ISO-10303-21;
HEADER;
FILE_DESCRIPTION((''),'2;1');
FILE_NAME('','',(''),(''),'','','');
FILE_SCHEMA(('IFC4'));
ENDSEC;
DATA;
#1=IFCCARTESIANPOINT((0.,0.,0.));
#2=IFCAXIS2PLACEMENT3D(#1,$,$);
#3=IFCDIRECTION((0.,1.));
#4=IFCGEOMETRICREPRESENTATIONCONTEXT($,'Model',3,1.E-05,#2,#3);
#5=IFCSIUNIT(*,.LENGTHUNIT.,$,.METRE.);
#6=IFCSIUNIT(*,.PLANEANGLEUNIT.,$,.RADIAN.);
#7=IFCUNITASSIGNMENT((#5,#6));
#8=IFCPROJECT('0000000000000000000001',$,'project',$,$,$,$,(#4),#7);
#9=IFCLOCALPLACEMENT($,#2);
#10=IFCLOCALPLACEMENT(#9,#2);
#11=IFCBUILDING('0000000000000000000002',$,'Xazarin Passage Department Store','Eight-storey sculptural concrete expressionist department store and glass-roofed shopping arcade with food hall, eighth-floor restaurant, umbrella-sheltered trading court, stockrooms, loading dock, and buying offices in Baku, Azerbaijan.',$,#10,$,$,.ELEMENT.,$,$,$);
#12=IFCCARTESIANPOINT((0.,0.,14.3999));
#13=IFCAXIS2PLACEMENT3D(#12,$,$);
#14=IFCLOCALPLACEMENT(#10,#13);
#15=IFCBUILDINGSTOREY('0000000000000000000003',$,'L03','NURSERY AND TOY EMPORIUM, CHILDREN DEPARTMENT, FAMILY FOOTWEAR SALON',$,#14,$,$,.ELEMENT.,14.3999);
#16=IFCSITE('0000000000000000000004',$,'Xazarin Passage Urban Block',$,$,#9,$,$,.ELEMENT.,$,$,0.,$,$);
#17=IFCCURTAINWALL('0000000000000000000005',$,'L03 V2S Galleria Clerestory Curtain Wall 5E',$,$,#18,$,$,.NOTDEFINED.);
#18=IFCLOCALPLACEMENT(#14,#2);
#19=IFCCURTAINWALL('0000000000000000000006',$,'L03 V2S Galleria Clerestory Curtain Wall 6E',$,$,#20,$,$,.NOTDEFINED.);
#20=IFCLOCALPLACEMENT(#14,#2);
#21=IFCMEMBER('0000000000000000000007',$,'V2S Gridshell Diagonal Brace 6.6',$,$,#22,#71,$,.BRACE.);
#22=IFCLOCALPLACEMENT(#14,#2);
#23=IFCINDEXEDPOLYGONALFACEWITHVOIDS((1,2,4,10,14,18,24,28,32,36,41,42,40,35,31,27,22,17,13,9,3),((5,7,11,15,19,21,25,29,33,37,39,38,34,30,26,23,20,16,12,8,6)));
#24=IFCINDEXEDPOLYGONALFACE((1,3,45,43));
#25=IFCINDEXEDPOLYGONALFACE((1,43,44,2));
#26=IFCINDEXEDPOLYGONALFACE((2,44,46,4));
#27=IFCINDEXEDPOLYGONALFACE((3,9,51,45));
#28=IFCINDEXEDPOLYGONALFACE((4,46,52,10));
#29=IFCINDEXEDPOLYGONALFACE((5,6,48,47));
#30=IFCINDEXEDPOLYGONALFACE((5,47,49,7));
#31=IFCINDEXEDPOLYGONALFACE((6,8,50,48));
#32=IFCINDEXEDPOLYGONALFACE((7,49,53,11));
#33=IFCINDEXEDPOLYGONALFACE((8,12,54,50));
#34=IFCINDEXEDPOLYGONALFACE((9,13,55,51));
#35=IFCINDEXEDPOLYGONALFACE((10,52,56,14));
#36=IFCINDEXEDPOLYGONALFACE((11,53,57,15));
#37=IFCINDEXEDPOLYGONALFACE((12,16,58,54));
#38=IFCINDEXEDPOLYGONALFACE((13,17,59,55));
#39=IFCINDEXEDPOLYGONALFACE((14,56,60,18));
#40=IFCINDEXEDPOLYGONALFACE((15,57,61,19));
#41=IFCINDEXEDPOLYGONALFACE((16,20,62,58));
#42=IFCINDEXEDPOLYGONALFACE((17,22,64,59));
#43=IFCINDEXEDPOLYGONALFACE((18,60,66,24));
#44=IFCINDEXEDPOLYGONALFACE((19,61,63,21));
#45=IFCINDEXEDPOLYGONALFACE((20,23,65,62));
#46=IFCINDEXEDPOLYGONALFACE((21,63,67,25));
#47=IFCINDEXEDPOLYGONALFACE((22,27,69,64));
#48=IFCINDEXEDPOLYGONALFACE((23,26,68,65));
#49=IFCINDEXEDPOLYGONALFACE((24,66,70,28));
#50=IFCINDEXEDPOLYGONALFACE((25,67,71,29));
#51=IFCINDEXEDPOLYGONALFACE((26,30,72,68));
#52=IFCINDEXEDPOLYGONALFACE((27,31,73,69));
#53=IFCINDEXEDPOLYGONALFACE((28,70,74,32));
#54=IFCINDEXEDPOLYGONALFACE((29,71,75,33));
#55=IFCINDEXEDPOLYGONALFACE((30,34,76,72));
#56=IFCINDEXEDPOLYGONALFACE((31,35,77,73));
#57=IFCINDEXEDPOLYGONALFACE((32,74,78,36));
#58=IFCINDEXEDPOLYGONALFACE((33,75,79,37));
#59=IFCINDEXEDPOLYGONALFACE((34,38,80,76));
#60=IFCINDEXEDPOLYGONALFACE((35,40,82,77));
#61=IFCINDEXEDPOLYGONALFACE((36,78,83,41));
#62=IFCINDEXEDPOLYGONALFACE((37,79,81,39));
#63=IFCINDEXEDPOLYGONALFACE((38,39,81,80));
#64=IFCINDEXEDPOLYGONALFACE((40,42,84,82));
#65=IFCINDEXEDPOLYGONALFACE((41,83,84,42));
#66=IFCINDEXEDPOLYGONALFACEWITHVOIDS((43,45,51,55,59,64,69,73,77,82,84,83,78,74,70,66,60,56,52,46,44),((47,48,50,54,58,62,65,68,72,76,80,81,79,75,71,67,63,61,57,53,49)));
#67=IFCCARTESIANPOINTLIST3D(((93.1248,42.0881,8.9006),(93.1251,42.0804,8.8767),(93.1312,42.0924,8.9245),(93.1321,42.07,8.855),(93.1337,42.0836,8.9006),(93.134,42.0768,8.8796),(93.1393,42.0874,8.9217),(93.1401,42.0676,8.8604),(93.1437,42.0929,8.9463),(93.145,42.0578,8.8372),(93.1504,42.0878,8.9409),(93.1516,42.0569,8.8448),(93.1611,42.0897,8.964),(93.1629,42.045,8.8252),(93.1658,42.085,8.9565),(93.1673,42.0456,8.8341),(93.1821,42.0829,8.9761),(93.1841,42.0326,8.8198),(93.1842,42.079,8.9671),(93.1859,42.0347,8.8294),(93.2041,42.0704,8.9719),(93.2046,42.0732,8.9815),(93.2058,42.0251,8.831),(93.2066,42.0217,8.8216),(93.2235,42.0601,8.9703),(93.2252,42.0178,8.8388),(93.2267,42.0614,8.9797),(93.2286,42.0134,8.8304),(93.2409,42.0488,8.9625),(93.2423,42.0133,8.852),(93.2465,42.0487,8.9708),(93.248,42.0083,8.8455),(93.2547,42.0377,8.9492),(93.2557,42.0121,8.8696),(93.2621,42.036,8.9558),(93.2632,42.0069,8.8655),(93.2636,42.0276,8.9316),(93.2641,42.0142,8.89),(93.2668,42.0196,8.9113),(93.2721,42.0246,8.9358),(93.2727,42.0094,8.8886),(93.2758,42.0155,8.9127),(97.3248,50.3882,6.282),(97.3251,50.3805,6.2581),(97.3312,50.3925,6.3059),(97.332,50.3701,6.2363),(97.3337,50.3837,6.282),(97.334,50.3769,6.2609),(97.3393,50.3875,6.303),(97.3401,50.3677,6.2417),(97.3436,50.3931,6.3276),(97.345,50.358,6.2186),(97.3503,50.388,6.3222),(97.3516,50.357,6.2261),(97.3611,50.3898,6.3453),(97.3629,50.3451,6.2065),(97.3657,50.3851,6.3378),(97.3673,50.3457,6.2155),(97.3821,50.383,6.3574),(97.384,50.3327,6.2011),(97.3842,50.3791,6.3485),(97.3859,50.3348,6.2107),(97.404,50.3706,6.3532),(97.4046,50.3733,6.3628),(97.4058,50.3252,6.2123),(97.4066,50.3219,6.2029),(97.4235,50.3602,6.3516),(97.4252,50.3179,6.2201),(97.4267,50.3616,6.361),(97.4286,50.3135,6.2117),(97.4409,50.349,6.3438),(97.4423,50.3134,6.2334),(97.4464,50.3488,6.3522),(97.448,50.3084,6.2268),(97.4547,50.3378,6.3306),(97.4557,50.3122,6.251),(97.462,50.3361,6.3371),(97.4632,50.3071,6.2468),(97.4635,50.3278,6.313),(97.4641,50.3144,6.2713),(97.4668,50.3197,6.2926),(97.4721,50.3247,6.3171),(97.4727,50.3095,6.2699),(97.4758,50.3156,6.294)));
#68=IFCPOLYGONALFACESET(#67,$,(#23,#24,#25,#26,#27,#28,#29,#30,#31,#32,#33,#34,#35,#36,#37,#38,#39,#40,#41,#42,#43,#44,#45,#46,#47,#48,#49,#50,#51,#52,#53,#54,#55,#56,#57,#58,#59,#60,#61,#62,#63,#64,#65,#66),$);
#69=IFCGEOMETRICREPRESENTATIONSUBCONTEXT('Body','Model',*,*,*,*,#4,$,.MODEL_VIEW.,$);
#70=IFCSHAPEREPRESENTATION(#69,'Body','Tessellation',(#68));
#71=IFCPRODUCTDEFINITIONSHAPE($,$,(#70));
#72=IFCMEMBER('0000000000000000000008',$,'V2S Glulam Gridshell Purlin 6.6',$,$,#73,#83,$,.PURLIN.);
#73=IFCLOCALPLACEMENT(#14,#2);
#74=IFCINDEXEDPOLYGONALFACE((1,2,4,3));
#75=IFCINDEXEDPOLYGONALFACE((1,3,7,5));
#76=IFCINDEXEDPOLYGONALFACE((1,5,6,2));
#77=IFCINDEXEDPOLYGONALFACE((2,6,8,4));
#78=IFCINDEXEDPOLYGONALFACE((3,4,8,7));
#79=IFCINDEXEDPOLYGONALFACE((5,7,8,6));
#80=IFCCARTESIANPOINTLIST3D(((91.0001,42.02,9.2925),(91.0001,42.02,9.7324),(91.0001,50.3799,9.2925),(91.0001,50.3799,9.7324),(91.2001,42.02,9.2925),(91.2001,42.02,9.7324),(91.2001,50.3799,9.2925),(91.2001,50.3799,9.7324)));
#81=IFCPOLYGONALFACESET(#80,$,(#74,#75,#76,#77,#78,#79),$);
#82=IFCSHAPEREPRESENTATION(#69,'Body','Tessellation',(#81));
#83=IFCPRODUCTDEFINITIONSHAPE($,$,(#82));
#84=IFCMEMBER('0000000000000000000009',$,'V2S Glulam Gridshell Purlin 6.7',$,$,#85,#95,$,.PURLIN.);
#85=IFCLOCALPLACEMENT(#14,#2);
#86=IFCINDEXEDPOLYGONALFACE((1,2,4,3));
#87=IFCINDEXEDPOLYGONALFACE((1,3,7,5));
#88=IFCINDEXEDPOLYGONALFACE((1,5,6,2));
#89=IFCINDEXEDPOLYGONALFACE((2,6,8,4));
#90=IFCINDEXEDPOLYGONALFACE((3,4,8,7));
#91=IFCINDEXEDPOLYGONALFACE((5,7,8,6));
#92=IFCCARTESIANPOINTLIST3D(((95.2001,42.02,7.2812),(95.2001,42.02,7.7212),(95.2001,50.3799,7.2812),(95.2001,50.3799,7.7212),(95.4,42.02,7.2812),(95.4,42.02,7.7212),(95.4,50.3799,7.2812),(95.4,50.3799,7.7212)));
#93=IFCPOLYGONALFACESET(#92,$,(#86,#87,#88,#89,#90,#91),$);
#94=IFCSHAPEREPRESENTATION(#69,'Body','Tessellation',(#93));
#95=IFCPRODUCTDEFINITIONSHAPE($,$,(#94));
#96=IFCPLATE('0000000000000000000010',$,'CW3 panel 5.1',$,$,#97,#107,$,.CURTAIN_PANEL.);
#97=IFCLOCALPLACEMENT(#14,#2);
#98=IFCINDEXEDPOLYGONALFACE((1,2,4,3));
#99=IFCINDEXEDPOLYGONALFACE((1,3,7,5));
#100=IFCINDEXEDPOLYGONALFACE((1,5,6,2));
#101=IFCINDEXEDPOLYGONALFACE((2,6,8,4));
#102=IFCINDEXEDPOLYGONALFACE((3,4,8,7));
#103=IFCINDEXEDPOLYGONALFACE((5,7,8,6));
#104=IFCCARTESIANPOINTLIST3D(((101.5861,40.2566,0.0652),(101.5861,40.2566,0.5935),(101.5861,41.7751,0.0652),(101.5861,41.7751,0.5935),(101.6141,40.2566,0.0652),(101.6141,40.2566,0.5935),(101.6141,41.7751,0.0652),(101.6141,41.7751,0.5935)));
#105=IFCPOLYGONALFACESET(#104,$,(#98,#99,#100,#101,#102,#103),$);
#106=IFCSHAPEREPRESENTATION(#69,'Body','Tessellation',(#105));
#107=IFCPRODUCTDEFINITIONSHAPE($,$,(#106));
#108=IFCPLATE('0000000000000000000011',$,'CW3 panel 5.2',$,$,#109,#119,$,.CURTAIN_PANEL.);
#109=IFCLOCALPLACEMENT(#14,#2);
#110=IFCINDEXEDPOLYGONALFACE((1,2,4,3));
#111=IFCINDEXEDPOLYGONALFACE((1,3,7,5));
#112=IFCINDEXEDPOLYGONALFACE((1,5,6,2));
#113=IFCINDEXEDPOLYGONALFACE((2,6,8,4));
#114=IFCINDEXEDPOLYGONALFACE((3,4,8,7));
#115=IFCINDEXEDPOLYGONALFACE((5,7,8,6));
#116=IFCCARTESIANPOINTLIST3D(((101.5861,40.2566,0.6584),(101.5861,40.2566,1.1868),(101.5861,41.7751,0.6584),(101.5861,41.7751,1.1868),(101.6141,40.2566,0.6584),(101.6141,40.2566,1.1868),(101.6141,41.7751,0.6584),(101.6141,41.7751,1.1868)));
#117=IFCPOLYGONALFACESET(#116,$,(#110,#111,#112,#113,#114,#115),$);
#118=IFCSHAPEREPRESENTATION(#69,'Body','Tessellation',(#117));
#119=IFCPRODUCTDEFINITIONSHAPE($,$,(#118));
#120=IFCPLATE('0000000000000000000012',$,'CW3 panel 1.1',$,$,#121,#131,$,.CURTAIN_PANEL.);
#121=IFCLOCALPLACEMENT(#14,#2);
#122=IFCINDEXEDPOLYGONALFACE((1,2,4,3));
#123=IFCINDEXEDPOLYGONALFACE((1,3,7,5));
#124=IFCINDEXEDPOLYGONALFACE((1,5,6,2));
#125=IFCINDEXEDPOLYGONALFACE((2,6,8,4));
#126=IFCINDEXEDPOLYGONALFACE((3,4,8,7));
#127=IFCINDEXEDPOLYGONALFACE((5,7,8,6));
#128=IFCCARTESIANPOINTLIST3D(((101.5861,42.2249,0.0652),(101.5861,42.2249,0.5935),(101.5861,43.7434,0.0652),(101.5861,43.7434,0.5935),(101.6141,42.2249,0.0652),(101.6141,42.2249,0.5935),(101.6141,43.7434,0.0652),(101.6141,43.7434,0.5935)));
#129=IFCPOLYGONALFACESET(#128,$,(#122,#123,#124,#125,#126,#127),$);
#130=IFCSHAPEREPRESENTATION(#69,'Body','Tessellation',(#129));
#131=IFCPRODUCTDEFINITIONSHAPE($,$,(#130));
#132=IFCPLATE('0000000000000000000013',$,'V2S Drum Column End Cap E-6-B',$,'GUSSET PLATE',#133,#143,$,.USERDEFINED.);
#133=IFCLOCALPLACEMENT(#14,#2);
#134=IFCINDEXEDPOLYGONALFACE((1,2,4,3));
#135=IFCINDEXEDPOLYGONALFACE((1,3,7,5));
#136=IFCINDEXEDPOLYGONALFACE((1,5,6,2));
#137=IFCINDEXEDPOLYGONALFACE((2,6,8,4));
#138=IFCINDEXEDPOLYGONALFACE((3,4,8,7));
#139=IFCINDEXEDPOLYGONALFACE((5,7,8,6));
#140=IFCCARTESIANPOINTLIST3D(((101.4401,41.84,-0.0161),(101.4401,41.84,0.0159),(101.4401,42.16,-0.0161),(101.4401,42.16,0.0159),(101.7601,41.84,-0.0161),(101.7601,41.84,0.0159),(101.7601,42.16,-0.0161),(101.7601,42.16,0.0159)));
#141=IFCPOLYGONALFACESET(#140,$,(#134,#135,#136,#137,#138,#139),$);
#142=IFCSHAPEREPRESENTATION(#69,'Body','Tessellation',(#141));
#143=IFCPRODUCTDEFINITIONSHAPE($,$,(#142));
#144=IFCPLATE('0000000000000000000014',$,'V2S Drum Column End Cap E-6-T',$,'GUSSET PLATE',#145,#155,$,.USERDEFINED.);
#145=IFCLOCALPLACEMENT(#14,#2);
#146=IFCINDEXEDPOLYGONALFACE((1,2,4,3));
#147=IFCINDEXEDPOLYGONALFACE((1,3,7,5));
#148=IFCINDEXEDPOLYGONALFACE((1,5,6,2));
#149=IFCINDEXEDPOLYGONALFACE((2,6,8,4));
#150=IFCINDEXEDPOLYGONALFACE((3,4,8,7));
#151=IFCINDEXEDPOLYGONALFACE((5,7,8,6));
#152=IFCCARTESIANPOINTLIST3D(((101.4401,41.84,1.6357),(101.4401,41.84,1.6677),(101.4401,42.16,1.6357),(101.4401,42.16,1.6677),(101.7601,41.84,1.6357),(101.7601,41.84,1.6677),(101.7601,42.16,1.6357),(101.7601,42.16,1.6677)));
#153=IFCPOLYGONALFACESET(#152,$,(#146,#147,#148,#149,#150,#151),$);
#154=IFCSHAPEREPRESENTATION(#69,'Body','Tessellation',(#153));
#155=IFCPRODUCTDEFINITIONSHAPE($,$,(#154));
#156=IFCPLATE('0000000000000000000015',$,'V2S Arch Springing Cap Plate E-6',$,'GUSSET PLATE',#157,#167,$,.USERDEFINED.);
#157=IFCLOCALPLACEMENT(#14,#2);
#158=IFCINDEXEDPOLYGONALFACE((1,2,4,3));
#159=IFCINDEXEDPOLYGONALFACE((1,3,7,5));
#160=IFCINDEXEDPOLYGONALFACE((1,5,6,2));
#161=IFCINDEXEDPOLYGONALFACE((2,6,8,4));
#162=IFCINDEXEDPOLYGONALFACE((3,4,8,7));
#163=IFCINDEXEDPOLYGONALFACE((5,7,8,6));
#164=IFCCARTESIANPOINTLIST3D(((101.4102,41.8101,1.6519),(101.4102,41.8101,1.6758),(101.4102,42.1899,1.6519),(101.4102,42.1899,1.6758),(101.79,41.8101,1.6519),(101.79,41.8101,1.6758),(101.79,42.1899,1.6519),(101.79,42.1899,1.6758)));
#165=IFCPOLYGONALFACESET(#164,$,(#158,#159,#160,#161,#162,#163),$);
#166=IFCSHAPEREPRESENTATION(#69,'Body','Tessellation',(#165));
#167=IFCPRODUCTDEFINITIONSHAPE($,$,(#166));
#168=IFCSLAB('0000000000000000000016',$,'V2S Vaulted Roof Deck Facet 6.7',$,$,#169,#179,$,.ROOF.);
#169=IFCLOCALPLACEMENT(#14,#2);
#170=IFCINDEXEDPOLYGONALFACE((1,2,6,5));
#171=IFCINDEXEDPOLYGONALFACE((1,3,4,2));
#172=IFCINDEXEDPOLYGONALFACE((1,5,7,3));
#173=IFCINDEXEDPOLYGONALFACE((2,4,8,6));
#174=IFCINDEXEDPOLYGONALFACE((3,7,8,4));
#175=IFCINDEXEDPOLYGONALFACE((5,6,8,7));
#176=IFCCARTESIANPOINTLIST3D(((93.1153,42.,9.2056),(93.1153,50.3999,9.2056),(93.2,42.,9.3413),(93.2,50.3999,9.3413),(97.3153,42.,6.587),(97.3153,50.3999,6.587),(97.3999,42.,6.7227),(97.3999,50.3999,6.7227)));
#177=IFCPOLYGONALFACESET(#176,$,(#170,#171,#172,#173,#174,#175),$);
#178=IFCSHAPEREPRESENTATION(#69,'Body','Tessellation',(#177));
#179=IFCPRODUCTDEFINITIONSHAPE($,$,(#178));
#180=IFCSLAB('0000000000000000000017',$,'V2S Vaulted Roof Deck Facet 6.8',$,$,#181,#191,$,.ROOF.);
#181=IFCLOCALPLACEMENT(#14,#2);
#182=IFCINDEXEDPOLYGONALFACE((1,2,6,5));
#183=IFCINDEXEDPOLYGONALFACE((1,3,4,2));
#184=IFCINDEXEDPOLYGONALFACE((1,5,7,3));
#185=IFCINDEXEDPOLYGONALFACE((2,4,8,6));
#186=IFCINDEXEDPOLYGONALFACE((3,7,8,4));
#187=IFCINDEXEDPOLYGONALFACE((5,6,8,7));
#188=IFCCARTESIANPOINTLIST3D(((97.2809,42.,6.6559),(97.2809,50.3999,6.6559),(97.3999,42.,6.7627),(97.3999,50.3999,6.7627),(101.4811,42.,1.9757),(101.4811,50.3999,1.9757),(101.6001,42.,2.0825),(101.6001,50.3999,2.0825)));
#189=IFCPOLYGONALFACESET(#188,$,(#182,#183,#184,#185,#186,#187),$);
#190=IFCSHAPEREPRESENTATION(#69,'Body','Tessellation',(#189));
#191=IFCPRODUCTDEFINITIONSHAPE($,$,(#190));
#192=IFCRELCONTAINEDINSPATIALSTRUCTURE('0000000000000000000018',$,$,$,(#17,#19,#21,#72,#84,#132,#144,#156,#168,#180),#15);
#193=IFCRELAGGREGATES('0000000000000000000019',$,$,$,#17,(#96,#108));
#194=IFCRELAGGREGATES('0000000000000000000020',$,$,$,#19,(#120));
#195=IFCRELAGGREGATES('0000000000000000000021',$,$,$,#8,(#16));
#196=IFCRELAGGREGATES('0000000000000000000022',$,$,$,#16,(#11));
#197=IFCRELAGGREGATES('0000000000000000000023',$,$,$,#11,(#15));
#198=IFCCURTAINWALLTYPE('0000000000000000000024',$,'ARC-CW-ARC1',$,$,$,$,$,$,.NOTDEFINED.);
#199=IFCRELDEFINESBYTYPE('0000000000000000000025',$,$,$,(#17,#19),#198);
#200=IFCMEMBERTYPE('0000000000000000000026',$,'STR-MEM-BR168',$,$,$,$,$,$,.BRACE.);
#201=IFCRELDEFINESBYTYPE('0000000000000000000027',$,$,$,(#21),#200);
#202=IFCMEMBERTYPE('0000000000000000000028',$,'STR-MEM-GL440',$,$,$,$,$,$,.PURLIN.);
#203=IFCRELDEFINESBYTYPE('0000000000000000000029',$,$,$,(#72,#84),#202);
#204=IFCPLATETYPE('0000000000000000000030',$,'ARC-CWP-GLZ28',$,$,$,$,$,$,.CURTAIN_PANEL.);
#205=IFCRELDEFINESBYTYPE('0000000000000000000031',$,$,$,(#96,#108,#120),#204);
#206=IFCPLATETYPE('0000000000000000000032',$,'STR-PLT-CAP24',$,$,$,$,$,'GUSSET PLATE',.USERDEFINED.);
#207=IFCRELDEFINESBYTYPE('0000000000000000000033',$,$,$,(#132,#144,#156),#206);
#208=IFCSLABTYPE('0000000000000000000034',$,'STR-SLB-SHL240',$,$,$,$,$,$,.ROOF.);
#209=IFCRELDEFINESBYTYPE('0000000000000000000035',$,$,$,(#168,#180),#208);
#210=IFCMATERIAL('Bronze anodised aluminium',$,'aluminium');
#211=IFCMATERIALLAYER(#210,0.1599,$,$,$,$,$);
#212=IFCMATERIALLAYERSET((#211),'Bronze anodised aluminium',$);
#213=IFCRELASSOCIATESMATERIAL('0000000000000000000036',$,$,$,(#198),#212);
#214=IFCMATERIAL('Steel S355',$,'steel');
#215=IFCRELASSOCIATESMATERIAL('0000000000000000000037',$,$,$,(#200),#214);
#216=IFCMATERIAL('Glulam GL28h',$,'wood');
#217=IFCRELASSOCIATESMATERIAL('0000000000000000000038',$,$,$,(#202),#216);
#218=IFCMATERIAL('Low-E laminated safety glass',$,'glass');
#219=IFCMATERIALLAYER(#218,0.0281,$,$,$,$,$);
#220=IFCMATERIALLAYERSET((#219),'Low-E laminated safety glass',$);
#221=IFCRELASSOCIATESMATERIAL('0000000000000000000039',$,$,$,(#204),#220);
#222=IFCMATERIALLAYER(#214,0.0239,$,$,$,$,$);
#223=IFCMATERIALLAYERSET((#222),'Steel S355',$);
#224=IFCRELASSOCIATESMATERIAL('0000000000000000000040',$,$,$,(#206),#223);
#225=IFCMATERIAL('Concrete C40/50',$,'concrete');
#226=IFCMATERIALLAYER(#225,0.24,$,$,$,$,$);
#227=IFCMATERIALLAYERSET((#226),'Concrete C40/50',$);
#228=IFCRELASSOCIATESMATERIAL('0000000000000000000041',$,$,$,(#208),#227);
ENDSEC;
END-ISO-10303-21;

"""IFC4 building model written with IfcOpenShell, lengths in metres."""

from ifc_helpers import new_model, si_unit, direction, frame, origin, origin_2d, place, context, subcontext, project, spatial, polyline, rectangle, hollow_circle, outline, extrude, material, layer, layer_set, material_profile, profile_set, type_object, element, aggregate, save


model = new_model("IFC4")

# Units and contexts
model_context = context("Model", 3, precision=1e-05, world=origin(), true_north=direction((0.0, 1.0)))
body_context = subcontext(model_context, "Body", "Model", "MODEL_VIEW")
ifc_project = project(units=[si_unit("LENGTHUNIT", "METRE"), si_unit("PLANEANGLEUNIT", "RADIAN")], contexts=[model_context])

# Site, building, storey
site_placement = place(None, origin())
site = spatial("IfcSite", under=ifc_project, at=site_placement, Name="Xazarin Passage Urban Block", CompositionType="ELEMENT", RefElevation=0.0)
building_placement = place(site_placement, origin())
building = spatial("IfcBuilding", under=site, at=building_placement, Name="Xazarin Passage Department Store", Description="Eight-storey sculptural concrete expressionist department store and glass-roofed shopping arcade with food hall, eighth-floor restaurant, umbrella-sheltered trading court, stockrooms, loading dock, and buying offices in Baku, Azerbaijan.", CompositionType="ELEMENT")
storey_placement = place(building_placement, frame((0.0, 0.0, 14.3999)))
storey = spatial("IfcBuildingStorey", under=building, at=storey_placement, Name="L03", Description="NURSERY AND TOY EMPORIUM, CHILDREN DEPARTMENT, FAMILY FOOTWEAR SALON", CompositionType="ELEMENT", Elevation=14.3999)

# Shared definitions
ifc_material_1 = material(Name="Steel S355", Category="steel")

# Curtain wall
ifc_material_2 = material(Name="Bronze anodised aluminium", Category="aluminium")
ifc_layer_1 = layer(ifc_material_2, 0.1599)
ifc_layer_set_1 = layer_set([ifc_layer_1], Name="Bronze anodised aluminium")
curtain_wall_type = type_object("IfcCurtainWallType", Name="ARC-CW-ARC1", PredefinedType="NOTDEFINED", material=ifc_layer_set_1)
curtain_wall_1_placement = place(storey_placement, origin())
curtain_wall_1 = element("IfcCurtainWall", 1, at=curtain_wall_1_placement, inside=storey, type_object=curtain_wall_type, Name="L03 V2S Galleria Clerestory Curtain Wall 5E", PredefinedType="NOTDEFINED")

# Curtain wall
curtain_wall_2_placement = place(storey_placement, origin())
curtain_wall_2 = element("IfcCurtainWall", 2, at=curtain_wall_2_placement, inside=storey, type_object=curtain_wall_type, Name="L03 V2S Galleria Clerestory Curtain Wall 6E", PredefinedType="NOTDEFINED")

# Shared definitions
ifc_material_3 = material(Name="Concrete C40/50", Category="concrete")

# Members
ifc_material_profile_1 = material_profile(ifc_material_1, hollow_circle(Radius=0.0842, WallThickness=0.01, at=origin_2d()), Name="CHS 168.3x10")
ifc_profile_set_1 = profile_set([ifc_material_profile_1], Name="Steel S355")
member_type_1 = type_object("IfcMemberType", Name="STR-MEM-BR168", PredefinedType="BRACE", material=ifc_profile_set_1)
member_1_placement = place(storey_placement, frame((93.2, 42.05, 8.9006), z_axis=(0.43461, 0.858886, -0.270977), x_axis=(-0.89227, 0.451502, 0.0)))
element("IfcMember", 3, at=member_1_placement, inside=storey, type_object=member_type_1, Name="V2S Gridshell Diagonal Brace 6.6", PredefinedType="BRACE", context=body_context, shape_type="SweptSolid", body=[
    extrude(hollow_circle(Radius=0.0842, WallThickness=0.01, at=origin_2d()), origin(), (0.0, 0.0, 1.0), 9.6638),
])
ifc_material_4 = material(Name="Glulam GL28h", Category="wood")
ifc_material_profile_2 = material_profile(ifc_material_4, rectangle(XDim=0.2, YDim=0.4399, at=origin_2d()), Name="GL28h 200x440")
ifc_profile_set_2 = profile_set([ifc_material_profile_2], Name="Glulam GL28h")
member_type_2 = type_object("IfcMemberType", Name="STR-MEM-GL440", PredefinedType="PURLIN", material=ifc_profile_set_2)
for number, where, z_axis, x_axis, name in (
    (4, (91.1001, 42.02, 9.5125), (0.0, 1.0, 0.0), (-1.0, 0.0, 0.0), "V2S Glulam Gridshell Purlin 6.6"),
    (5, (95.3, 42.02, 7.5012), (0.0, 1.0, 0.0), (-1.0, 0.0, 0.0), "V2S Glulam Gridshell Purlin 6.7"),
):
    element("IfcMember", number, at=place(storey_placement, frame(where, z_axis=z_axis, x_axis=x_axis)), inside=storey, type_object=member_type_2, Name=name, PredefinedType="PURLIN", context=body_context, shape_type="SweptSolid", body=[
        extrude(rectangle(XDim=0.2, YDim=0.4399, at=origin_2d()), origin(), (0.0, 0.0, 1.0), 8.3599),
    ])

# Plates
ifc_material_5 = material(Name="Low-E laminated safety glass", Category="glass")
ifc_layer_2 = layer(ifc_material_5, 0.0281)
ifc_layer_set_2 = layer_set([ifc_layer_2], Name="Low-E laminated safety glass")
plate_type_1 = type_object("IfcPlateType", Name="ARC-CWP-GLZ28", PredefinedType="CURTAIN_PANEL", material=ifc_layer_set_2)
plate_1_placement = place(storey_placement, frame((101.6001, 41.0159, 0.0652), z_axis=(0.0, 0.0, 1.0), x_axis=(0.0, 1.0, 0.0)))
plate_1 = element("IfcPlate", 6, at=plate_1_placement, type_object=plate_type_1, Name="CW3 panel 5.1", PredefinedType="CURTAIN_PANEL", context=body_context, shape_type="SweptSolid", body=[
    extrude(rectangle(XDim=1.5186, YDim=0.0281, at=origin_2d()), origin(), (0.0, 0.0, 1.0), 0.5283),
])
plate_2_placement = place(storey_placement, frame((101.6001, 41.0159, 0.6584), z_axis=(0.0, 0.0, 1.0), x_axis=(0.0, 1.0, 0.0)))
plate_2 = element("IfcPlate", 7, at=plate_2_placement, type_object=plate_type_1, Name="CW3 panel 5.2", PredefinedType="CURTAIN_PANEL", context=body_context, shape_type="SweptSolid", body=[
    extrude(rectangle(XDim=1.5186, YDim=0.0281, at=origin_2d()), origin(), (0.0, 0.0, 1.0), 0.5283),
])
aggregate(curtain_wall_1, [plate_1, plate_2])
plate_3_placement = place(storey_placement, frame((101.6001, 42.9841, 0.0652), z_axis=(0.0, 0.0, 1.0), x_axis=(0.0, 1.0, 0.0)))
plate_3 = element("IfcPlate", 8, at=plate_3_placement, type_object=plate_type_1, Name="CW3 panel 1.1", PredefinedType="CURTAIN_PANEL", context=body_context, shape_type="SweptSolid", body=[
    extrude(rectangle(XDim=1.5186, YDim=0.0281, at=origin_2d()), origin(), (0.0, 0.0, 1.0), 0.5283),
])
aggregate(curtain_wall_2, [plate_3])

# Plates
ifc_layer_3 = layer(ifc_material_1, 0.0239)
ifc_layer_set_3 = layer_set([ifc_layer_3], Name="Steel S355")
plate_type_2 = type_object("IfcPlateType", Name="STR-PLT-CAP24", ElementType="GUSSET PLATE", PredefinedType="USERDEFINED", material=ifc_layer_set_3)
for number, where, z_axis, x_axis, name in (
    (9, (101.6001, 42.0, -0.0161), (0.0, 0.0, 1.0), (1.0, 0.0, 0.0), "V2S Drum Column End Cap E-6-B"),
    (10, (101.6001, 42.0, 1.6357), (0.0, 0.0, 1.0), (1.0, 0.0, 0.0), "V2S Drum Column End Cap E-6-T"),
):
    element("IfcPlate", number, at=place(storey_placement, frame(where, z_axis=z_axis, x_axis=x_axis)), inside=storey, type_object=plate_type_2, Name=name, ObjectType="GUSSET PLATE", PredefinedType="USERDEFINED", context=body_context, shape_type="SweptSolid", body=[
        extrude(rectangle(XDim=0.3201, YDim=0.3201, at=origin_2d()), origin(), (0.0, 0.0, 1.0), 0.032),
    ])
plate_4_placement = place(storey_placement, frame((101.6001, 42.0, 1.6519), z_axis=(0.0, 0.0, 1.0), x_axis=(1.0, 0.0, 0.0)))
element("IfcPlate", 11, at=plate_4_placement, inside=storey, type_object=plate_type_2, Name="V2S Arch Springing Cap Plate E-6", ObjectType="GUSSET PLATE", PredefinedType="USERDEFINED", context=body_context, shape_type="SweptSolid", body=[
    extrude(rectangle(XDim=0.3799, YDim=0.3799, at=origin_2d()), origin(), (0.0, 0.0, 1.0), 0.0239),
])

# Slabs
ifc_layer_4 = layer(ifc_material_3, 0.24)
ifc_layer_set_4 = layer_set([ifc_layer_4], Name="Concrete C40/50")
slab_type = type_object("IfcSlabType", Name="STR-SLB-SHL240", PredefinedType="ROOF", material=ifc_layer_set_4)
slab_1_placement = place(storey_placement, frame((93.2, 42.0, 9.3413), z_axis=(0.529081, 0.0, 0.848571), x_axis=(0.848571, 0.0, -0.529081)))
element("IfcSlab", 12, at=slab_1_placement, inside=storey, type_object=slab_type, Name="V2S Vaulted Roof Deck Facet 6.7", PredefinedType="ROOF", context=body_context, shape_type="SweptSolid", body=[
    extrude(outline(polyline([(0.0, 0.0), (4.9494, 0.0), (4.9494, 8.3999), (0.0, 8.3999), (0.0, 0.0)])), origin(), (0.0, 0.0, -1.0), 0.1599),
])
slab_2_placement = place(storey_placement, frame((97.3999, 42.0, 6.7627), z_axis=(0.744239, 0.0, 0.667913), x_axis=(0.667913, 0.0, -0.744239)))
element("IfcSlab", 13, at=slab_2_placement, inside=storey, type_object=slab_type, Name="V2S Vaulted Roof Deck Facet 6.8", PredefinedType="ROOF", context=body_context, shape_type="SweptSolid", body=[
    extrude(outline(polyline([(0.0, 0.0), (6.2885, 0.0), (6.2885, 8.3999), (0.0, 8.3999), (0.0, 0.0)])), origin(), (0.0, 0.0, -1.0), 0.1599),
])

save(model, "model.ifc")
